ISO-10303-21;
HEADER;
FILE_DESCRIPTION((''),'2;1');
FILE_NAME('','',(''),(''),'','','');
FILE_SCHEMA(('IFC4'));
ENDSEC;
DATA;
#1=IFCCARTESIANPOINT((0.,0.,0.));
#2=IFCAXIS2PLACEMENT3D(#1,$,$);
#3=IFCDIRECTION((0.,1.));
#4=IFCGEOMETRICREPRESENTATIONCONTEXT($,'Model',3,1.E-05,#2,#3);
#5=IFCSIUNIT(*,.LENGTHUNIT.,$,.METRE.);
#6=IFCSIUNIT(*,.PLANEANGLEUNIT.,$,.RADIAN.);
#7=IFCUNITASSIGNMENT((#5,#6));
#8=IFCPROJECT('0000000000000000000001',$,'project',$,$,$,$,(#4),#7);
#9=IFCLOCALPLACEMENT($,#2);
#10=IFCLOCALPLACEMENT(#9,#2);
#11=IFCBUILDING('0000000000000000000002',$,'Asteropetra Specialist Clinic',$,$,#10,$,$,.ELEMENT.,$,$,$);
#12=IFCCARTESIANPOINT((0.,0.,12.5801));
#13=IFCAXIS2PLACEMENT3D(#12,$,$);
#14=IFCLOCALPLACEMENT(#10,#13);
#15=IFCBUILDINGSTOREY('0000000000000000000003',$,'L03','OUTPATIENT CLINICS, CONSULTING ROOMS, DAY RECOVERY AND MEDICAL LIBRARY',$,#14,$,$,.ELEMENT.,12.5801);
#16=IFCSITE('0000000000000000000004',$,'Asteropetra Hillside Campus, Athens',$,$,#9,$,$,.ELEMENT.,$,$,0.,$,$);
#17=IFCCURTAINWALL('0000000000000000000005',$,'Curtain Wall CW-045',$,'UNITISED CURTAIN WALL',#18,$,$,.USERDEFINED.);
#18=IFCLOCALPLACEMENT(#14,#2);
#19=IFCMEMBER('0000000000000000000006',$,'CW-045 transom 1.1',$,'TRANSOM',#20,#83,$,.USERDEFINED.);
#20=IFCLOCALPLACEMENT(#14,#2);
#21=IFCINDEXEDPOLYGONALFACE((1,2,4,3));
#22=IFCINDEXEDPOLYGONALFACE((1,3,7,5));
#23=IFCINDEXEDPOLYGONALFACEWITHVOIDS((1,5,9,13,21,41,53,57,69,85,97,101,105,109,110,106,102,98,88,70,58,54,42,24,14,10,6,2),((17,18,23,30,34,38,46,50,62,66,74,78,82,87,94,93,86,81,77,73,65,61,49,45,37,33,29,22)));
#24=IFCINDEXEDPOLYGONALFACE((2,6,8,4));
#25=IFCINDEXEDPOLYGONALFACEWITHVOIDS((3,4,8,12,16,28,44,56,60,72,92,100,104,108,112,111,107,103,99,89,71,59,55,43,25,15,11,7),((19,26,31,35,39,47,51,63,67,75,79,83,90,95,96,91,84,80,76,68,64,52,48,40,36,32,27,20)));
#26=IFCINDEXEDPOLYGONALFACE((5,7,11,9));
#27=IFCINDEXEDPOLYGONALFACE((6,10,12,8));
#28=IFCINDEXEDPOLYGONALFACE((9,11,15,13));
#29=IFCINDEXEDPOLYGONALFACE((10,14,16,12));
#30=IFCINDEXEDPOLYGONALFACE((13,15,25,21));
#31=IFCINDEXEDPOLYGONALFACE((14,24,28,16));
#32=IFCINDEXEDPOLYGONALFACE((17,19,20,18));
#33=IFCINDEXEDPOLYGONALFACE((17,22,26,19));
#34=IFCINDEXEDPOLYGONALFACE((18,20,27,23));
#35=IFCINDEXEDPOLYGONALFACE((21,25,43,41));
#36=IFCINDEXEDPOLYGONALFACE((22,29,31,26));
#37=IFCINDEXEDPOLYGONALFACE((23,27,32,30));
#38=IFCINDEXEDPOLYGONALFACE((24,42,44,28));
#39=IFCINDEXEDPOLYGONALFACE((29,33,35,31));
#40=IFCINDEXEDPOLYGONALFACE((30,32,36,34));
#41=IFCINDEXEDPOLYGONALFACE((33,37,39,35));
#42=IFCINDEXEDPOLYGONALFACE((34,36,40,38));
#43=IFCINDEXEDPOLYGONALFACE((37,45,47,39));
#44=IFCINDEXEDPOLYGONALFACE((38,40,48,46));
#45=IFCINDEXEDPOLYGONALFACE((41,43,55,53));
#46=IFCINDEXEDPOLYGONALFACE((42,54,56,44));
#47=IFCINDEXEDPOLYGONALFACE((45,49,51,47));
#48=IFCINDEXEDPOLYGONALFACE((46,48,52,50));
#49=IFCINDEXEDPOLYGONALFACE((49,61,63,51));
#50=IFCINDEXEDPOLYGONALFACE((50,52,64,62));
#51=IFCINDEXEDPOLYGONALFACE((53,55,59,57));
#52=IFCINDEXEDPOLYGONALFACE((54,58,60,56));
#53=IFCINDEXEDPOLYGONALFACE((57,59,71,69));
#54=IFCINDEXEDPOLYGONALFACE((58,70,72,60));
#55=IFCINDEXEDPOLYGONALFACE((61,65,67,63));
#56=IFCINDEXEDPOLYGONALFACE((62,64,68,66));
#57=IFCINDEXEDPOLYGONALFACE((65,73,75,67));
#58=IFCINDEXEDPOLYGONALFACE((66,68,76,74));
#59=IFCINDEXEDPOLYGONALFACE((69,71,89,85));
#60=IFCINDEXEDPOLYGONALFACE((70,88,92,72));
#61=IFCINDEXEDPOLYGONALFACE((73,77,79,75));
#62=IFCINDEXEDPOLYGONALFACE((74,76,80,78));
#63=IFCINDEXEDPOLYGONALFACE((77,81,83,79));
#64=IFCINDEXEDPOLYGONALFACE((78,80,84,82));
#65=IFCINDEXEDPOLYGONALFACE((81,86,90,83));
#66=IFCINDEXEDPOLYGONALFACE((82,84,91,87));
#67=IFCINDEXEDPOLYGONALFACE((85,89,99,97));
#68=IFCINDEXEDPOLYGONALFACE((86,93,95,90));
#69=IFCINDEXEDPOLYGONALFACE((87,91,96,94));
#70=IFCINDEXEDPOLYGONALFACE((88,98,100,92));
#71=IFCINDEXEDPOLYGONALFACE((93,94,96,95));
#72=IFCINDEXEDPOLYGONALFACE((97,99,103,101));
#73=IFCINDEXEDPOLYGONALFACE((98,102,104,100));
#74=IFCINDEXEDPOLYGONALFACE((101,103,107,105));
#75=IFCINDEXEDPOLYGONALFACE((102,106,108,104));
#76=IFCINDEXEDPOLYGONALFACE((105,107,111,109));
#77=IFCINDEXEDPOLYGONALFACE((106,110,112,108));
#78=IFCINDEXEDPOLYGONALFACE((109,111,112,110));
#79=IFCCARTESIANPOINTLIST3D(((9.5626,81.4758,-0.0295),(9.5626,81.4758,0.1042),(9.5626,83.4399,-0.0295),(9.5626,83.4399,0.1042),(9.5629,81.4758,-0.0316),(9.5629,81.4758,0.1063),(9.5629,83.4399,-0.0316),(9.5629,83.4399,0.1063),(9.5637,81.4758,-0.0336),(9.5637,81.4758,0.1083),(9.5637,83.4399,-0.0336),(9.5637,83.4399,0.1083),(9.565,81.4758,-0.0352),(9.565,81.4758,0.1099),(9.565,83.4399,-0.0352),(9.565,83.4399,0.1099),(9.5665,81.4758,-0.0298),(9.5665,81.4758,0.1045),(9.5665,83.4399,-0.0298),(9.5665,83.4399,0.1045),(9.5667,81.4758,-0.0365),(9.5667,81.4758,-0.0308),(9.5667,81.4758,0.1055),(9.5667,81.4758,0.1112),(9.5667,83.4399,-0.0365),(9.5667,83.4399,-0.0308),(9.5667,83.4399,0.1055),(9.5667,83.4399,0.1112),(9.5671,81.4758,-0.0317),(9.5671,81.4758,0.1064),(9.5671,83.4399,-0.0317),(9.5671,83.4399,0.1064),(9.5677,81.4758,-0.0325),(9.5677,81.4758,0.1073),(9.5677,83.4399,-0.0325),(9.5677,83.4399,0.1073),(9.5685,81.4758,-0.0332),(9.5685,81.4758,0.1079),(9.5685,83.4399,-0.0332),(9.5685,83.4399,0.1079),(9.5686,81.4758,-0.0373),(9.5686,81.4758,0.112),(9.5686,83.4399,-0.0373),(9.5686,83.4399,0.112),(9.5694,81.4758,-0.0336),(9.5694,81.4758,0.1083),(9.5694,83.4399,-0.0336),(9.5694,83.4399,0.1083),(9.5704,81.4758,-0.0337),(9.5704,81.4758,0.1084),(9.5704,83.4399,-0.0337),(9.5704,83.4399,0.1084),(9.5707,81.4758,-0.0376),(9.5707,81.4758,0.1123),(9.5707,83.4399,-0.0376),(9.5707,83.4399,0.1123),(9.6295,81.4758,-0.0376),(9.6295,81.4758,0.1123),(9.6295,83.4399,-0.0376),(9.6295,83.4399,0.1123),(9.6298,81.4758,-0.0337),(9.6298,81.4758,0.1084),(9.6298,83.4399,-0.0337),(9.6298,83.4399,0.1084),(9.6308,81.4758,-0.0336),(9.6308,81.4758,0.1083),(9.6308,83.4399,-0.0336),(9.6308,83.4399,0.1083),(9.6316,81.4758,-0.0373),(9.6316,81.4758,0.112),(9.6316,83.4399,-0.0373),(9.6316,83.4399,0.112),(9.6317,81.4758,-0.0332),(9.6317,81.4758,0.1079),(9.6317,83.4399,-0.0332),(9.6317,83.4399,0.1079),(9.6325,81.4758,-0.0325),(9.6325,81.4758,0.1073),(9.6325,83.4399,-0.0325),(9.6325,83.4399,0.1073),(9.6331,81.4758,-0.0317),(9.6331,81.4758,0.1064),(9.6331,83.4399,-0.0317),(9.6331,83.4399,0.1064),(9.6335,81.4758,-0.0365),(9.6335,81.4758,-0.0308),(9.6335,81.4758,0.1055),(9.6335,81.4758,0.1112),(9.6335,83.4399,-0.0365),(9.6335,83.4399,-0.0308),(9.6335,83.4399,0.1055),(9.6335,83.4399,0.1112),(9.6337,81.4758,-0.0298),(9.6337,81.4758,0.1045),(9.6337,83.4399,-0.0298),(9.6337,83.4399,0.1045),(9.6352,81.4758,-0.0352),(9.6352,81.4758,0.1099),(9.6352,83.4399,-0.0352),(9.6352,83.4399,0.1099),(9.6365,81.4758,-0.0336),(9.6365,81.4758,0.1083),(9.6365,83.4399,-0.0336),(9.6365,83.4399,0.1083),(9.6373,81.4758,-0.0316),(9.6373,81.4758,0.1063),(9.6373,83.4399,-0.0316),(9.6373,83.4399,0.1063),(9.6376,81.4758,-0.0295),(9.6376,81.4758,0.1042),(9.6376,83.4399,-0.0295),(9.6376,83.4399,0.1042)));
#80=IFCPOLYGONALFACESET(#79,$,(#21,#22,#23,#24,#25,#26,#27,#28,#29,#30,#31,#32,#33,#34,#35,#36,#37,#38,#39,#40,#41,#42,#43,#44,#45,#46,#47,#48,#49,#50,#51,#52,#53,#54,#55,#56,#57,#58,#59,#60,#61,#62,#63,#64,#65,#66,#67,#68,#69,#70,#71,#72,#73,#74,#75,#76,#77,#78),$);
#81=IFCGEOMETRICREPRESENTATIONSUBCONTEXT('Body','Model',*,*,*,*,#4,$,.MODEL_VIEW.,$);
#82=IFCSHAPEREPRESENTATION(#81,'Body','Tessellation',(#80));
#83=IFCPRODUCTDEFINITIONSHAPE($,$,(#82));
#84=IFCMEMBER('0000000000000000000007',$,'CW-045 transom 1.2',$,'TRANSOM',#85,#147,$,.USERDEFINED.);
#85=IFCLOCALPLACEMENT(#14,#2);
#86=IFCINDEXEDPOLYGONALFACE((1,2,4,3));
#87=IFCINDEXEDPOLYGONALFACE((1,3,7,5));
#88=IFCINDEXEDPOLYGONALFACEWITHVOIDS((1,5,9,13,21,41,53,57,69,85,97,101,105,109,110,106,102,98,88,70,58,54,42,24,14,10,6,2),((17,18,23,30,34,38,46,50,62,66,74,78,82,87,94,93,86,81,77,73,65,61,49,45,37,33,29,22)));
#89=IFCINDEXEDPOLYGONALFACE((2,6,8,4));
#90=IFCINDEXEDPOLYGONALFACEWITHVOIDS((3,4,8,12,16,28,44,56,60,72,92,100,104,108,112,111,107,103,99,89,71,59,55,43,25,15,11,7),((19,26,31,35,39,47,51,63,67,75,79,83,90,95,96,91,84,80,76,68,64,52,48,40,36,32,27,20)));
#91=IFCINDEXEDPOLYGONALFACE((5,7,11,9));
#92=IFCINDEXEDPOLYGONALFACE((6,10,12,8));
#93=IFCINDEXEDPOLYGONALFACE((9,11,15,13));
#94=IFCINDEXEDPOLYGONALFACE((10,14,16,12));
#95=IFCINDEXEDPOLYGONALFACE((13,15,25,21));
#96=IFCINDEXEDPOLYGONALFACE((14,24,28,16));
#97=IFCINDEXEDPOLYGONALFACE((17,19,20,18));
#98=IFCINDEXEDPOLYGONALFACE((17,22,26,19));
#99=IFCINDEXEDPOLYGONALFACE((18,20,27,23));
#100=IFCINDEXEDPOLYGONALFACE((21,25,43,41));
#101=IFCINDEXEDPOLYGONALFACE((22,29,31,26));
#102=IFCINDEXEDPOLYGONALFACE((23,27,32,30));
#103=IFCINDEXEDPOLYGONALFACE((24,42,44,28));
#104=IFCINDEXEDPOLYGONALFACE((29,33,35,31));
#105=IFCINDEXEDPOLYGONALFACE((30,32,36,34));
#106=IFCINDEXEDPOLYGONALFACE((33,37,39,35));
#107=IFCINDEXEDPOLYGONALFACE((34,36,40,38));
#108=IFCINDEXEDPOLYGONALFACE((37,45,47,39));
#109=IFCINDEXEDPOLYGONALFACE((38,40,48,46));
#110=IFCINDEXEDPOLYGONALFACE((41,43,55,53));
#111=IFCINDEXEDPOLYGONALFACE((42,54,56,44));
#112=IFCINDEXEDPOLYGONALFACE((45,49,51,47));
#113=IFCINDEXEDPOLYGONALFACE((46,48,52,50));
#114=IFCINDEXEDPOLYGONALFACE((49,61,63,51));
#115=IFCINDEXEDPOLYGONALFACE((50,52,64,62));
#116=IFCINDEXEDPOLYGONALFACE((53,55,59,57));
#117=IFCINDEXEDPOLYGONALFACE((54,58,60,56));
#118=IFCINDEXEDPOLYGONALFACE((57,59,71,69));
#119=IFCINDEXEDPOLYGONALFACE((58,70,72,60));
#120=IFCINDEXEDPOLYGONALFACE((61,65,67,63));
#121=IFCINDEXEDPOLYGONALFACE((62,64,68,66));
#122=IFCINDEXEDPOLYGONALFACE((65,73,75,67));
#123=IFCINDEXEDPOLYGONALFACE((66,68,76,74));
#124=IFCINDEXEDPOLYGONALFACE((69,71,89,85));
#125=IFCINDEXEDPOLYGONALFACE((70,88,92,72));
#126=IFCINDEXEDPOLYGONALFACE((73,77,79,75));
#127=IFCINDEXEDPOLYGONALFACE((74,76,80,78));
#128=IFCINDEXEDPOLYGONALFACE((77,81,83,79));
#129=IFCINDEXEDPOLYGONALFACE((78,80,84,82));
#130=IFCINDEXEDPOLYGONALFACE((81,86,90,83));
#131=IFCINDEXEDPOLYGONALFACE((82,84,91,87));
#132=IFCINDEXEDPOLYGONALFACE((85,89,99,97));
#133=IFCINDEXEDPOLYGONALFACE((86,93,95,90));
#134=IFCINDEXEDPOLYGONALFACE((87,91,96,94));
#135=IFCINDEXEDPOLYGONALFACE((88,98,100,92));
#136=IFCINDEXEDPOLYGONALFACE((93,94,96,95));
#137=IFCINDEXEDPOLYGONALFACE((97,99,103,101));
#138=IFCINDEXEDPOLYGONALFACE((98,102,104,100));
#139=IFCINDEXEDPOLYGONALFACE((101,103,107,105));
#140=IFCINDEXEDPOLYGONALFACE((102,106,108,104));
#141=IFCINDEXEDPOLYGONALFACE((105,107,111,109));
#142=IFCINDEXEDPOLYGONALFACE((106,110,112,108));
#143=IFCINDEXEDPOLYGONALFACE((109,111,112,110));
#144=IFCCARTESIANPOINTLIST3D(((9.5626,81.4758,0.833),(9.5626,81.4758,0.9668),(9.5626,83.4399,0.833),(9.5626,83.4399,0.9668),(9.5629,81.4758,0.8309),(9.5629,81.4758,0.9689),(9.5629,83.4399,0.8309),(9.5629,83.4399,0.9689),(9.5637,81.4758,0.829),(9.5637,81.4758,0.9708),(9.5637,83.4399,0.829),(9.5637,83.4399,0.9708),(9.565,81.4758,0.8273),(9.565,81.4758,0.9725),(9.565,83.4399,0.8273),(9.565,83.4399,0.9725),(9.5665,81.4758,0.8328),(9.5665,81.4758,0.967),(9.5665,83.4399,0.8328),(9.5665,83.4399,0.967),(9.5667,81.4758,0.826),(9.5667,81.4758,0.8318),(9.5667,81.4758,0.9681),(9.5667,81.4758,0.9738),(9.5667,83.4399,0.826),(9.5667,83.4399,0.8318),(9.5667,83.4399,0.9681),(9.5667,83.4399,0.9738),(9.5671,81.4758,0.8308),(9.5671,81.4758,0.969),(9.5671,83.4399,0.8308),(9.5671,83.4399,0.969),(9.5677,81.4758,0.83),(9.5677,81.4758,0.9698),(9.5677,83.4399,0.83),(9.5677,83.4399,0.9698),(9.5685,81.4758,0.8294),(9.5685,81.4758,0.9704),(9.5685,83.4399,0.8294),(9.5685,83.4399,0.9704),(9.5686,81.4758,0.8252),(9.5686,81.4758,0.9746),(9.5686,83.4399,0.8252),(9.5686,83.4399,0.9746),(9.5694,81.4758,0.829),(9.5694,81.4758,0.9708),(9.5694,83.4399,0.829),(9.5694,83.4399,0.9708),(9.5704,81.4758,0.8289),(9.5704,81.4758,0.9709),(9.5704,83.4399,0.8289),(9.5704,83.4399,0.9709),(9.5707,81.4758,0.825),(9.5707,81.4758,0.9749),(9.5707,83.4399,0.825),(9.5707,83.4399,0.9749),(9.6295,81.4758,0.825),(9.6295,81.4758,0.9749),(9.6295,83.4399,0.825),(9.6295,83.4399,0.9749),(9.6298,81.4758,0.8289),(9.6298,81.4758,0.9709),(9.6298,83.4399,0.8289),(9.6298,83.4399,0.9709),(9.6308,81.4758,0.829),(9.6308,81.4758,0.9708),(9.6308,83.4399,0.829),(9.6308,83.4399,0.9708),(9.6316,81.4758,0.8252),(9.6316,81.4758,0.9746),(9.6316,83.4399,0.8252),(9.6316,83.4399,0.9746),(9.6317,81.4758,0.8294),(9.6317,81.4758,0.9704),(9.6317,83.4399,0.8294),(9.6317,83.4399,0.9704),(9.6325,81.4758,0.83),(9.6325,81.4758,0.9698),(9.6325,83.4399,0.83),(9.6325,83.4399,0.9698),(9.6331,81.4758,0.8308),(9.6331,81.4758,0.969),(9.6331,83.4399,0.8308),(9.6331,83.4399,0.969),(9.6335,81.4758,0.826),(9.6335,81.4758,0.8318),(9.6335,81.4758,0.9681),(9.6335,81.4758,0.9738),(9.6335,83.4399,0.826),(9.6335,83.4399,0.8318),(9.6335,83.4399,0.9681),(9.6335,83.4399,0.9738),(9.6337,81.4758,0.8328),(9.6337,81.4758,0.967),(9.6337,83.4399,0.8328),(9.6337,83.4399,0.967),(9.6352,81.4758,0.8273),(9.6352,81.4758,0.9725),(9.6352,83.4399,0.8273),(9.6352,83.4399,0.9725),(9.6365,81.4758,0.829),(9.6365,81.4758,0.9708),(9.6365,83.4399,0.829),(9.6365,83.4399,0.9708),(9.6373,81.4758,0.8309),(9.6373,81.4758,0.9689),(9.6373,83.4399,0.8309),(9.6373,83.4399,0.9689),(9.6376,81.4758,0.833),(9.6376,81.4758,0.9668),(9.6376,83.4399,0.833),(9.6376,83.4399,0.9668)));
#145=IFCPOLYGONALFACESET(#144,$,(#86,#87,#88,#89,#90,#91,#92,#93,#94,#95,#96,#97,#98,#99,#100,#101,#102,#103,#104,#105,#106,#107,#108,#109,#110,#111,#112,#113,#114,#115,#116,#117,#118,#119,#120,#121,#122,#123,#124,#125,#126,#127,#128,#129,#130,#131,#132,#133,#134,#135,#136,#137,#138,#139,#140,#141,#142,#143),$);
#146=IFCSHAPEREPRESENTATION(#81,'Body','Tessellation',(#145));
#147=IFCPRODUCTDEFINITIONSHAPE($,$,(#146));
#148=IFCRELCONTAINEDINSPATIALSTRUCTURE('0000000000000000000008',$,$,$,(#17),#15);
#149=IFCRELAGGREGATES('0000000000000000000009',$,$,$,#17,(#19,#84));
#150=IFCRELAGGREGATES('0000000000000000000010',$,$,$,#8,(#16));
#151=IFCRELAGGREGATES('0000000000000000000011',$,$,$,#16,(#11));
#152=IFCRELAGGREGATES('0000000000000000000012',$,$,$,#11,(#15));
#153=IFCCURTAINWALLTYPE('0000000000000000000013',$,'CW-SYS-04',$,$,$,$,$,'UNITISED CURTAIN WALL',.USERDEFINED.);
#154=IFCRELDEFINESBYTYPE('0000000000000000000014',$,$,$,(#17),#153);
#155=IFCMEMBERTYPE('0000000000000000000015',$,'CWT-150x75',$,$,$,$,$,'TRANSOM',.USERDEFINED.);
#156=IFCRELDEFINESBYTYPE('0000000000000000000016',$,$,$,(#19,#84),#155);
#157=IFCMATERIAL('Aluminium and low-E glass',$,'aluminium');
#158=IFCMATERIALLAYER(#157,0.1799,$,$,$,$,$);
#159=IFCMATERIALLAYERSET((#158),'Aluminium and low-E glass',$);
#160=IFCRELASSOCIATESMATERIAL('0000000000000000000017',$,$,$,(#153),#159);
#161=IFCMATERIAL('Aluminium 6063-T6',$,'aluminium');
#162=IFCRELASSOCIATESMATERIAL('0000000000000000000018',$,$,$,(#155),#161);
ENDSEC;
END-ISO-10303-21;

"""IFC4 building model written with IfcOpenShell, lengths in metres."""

from ifc_helpers import new_model, si_unit, direction, frame, origin, origin_2d, place, context, subcontext, project, spatial, hollow_rectangle, extrude, material, layer, layer_set, material_profile, profile_set, type_object, element, aggregate, save


model = new_model("IFC4")

# Units and contexts
model_context = context("Model", 3, precision=1e-05, world=origin(), true_north=direction((0.0, 1.0)))
body_context = subcontext(model_context, "Body", "Model", "MODEL_VIEW")
ifc_project = project(units=[si_unit("LENGTHUNIT", "METRE"), si_unit("PLANEANGLEUNIT", "RADIAN")], contexts=[model_context])

# Site, building, storey
site_placement = place(None, origin())
site = spatial("IfcSite", under=ifc_project, at=site_placement, Name="Asteropetra Hillside Campus, Athens", CompositionType="ELEMENT", RefElevation=0.0)
building_placement = place(site_placement, origin())
building = spatial("IfcBuilding", under=site, at=building_placement, Name="Asteropetra Specialist Clinic", CompositionType="ELEMENT")
storey_placement = place(building_placement, frame((0.0, 0.0, 12.5801)))
storey = spatial("IfcBuildingStorey", under=building, at=storey_placement, Name="L03", Description="OUTPATIENT CLINICS, CONSULTING ROOMS, DAY RECOVERY AND MEDICAL LIBRARY", CompositionType="ELEMENT", Elevation=12.5801)

# Curtain wall, members
ifc_material_1 = material(Name="Aluminium and low-E glass", Category="aluminium")
ifc_layer_1 = layer(ifc_material_1, 0.1799)
ifc_layer_set_1 = layer_set([ifc_layer_1], Name="Aluminium and low-E glass")
curtain_wall_type = type_object("IfcCurtainWallType", Name="CW-SYS-04", ElementType="UNITISED CURTAIN WALL", PredefinedType="USERDEFINED", material=ifc_layer_set_1)
curtain_wall_placement = place(storey_placement, origin())
curtain_wall = element("IfcCurtainWall", 1, at=curtain_wall_placement, inside=storey, type_object=curtain_wall_type, Name="Curtain Wall CW-045", ObjectType="UNITISED CURTAIN WALL", PredefinedType="USERDEFINED")
ifc_material_2 = material(Name="Aluminium 6063-T6", Category="aluminium")
ifc_material_profile_1 = material_profile(ifc_material_2, hollow_rectangle(XDim=0.075, YDim=0.1499, WallThickness=0.0039, InnerFilletRadius=0.0039, OuterFilletRadius=0.0081, at=origin_2d()), Name="TRN 150x75x4.0")
ifc_profile_set_1 = profile_set([ifc_material_profile_1], Name="Aluminium 6063-T6")
member_type_1 = type_object("IfcMemberType", Name="CWT-150x75", ElementType="TRANSOM", PredefinedType="USERDEFINED", material=ifc_profile_set_1)
member_1_placement = place(storey_placement, frame((9.6001, 83.4399, 0.0374), z_axis=(0.0, -1.0, 0.0), x_axis=(1.0, 0.0, 0.0)))
member_1 = element("IfcMember", 2, at=member_1_placement, type_object=member_type_1, Name="CW-045 transom 1.1", ObjectType="TRANSOM", PredefinedType="USERDEFINED", context=body_context, shape_type="SweptSolid", body=[
    extrude(hollow_rectangle(XDim=0.075, YDim=0.1499, WallThickness=0.0039, InnerFilletRadius=0.0039, OuterFilletRadius=0.0081, at=origin_2d()), origin(), (0.0, 0.0, 1.0), 1.9641),
])
member_2_placement = place(storey_placement, frame((9.6001, 83.4399, 0.8999), z_axis=(0.0, -1.0, 0.0), x_axis=(1.0, 0.0, 0.0)))
member_2 = element("IfcMember", 3, at=member_2_placement, type_object=member_type_1, Name="CW-045 transom 1.2", ObjectType="TRANSOM", PredefinedType="USERDEFINED", context=body_context, shape_type="SweptSolid", body=[
    extrude(hollow_rectangle(XDim=0.075, YDim=0.1499, WallThickness=0.0039, InnerFilletRadius=0.0039, OuterFilletRadius=0.0081, at=origin_2d()), origin(), (0.0, 0.0, 1.0), 1.9641),
])
aggregate(curtain_wall, [member_1, member_2])

save(model, "model.ifc")
